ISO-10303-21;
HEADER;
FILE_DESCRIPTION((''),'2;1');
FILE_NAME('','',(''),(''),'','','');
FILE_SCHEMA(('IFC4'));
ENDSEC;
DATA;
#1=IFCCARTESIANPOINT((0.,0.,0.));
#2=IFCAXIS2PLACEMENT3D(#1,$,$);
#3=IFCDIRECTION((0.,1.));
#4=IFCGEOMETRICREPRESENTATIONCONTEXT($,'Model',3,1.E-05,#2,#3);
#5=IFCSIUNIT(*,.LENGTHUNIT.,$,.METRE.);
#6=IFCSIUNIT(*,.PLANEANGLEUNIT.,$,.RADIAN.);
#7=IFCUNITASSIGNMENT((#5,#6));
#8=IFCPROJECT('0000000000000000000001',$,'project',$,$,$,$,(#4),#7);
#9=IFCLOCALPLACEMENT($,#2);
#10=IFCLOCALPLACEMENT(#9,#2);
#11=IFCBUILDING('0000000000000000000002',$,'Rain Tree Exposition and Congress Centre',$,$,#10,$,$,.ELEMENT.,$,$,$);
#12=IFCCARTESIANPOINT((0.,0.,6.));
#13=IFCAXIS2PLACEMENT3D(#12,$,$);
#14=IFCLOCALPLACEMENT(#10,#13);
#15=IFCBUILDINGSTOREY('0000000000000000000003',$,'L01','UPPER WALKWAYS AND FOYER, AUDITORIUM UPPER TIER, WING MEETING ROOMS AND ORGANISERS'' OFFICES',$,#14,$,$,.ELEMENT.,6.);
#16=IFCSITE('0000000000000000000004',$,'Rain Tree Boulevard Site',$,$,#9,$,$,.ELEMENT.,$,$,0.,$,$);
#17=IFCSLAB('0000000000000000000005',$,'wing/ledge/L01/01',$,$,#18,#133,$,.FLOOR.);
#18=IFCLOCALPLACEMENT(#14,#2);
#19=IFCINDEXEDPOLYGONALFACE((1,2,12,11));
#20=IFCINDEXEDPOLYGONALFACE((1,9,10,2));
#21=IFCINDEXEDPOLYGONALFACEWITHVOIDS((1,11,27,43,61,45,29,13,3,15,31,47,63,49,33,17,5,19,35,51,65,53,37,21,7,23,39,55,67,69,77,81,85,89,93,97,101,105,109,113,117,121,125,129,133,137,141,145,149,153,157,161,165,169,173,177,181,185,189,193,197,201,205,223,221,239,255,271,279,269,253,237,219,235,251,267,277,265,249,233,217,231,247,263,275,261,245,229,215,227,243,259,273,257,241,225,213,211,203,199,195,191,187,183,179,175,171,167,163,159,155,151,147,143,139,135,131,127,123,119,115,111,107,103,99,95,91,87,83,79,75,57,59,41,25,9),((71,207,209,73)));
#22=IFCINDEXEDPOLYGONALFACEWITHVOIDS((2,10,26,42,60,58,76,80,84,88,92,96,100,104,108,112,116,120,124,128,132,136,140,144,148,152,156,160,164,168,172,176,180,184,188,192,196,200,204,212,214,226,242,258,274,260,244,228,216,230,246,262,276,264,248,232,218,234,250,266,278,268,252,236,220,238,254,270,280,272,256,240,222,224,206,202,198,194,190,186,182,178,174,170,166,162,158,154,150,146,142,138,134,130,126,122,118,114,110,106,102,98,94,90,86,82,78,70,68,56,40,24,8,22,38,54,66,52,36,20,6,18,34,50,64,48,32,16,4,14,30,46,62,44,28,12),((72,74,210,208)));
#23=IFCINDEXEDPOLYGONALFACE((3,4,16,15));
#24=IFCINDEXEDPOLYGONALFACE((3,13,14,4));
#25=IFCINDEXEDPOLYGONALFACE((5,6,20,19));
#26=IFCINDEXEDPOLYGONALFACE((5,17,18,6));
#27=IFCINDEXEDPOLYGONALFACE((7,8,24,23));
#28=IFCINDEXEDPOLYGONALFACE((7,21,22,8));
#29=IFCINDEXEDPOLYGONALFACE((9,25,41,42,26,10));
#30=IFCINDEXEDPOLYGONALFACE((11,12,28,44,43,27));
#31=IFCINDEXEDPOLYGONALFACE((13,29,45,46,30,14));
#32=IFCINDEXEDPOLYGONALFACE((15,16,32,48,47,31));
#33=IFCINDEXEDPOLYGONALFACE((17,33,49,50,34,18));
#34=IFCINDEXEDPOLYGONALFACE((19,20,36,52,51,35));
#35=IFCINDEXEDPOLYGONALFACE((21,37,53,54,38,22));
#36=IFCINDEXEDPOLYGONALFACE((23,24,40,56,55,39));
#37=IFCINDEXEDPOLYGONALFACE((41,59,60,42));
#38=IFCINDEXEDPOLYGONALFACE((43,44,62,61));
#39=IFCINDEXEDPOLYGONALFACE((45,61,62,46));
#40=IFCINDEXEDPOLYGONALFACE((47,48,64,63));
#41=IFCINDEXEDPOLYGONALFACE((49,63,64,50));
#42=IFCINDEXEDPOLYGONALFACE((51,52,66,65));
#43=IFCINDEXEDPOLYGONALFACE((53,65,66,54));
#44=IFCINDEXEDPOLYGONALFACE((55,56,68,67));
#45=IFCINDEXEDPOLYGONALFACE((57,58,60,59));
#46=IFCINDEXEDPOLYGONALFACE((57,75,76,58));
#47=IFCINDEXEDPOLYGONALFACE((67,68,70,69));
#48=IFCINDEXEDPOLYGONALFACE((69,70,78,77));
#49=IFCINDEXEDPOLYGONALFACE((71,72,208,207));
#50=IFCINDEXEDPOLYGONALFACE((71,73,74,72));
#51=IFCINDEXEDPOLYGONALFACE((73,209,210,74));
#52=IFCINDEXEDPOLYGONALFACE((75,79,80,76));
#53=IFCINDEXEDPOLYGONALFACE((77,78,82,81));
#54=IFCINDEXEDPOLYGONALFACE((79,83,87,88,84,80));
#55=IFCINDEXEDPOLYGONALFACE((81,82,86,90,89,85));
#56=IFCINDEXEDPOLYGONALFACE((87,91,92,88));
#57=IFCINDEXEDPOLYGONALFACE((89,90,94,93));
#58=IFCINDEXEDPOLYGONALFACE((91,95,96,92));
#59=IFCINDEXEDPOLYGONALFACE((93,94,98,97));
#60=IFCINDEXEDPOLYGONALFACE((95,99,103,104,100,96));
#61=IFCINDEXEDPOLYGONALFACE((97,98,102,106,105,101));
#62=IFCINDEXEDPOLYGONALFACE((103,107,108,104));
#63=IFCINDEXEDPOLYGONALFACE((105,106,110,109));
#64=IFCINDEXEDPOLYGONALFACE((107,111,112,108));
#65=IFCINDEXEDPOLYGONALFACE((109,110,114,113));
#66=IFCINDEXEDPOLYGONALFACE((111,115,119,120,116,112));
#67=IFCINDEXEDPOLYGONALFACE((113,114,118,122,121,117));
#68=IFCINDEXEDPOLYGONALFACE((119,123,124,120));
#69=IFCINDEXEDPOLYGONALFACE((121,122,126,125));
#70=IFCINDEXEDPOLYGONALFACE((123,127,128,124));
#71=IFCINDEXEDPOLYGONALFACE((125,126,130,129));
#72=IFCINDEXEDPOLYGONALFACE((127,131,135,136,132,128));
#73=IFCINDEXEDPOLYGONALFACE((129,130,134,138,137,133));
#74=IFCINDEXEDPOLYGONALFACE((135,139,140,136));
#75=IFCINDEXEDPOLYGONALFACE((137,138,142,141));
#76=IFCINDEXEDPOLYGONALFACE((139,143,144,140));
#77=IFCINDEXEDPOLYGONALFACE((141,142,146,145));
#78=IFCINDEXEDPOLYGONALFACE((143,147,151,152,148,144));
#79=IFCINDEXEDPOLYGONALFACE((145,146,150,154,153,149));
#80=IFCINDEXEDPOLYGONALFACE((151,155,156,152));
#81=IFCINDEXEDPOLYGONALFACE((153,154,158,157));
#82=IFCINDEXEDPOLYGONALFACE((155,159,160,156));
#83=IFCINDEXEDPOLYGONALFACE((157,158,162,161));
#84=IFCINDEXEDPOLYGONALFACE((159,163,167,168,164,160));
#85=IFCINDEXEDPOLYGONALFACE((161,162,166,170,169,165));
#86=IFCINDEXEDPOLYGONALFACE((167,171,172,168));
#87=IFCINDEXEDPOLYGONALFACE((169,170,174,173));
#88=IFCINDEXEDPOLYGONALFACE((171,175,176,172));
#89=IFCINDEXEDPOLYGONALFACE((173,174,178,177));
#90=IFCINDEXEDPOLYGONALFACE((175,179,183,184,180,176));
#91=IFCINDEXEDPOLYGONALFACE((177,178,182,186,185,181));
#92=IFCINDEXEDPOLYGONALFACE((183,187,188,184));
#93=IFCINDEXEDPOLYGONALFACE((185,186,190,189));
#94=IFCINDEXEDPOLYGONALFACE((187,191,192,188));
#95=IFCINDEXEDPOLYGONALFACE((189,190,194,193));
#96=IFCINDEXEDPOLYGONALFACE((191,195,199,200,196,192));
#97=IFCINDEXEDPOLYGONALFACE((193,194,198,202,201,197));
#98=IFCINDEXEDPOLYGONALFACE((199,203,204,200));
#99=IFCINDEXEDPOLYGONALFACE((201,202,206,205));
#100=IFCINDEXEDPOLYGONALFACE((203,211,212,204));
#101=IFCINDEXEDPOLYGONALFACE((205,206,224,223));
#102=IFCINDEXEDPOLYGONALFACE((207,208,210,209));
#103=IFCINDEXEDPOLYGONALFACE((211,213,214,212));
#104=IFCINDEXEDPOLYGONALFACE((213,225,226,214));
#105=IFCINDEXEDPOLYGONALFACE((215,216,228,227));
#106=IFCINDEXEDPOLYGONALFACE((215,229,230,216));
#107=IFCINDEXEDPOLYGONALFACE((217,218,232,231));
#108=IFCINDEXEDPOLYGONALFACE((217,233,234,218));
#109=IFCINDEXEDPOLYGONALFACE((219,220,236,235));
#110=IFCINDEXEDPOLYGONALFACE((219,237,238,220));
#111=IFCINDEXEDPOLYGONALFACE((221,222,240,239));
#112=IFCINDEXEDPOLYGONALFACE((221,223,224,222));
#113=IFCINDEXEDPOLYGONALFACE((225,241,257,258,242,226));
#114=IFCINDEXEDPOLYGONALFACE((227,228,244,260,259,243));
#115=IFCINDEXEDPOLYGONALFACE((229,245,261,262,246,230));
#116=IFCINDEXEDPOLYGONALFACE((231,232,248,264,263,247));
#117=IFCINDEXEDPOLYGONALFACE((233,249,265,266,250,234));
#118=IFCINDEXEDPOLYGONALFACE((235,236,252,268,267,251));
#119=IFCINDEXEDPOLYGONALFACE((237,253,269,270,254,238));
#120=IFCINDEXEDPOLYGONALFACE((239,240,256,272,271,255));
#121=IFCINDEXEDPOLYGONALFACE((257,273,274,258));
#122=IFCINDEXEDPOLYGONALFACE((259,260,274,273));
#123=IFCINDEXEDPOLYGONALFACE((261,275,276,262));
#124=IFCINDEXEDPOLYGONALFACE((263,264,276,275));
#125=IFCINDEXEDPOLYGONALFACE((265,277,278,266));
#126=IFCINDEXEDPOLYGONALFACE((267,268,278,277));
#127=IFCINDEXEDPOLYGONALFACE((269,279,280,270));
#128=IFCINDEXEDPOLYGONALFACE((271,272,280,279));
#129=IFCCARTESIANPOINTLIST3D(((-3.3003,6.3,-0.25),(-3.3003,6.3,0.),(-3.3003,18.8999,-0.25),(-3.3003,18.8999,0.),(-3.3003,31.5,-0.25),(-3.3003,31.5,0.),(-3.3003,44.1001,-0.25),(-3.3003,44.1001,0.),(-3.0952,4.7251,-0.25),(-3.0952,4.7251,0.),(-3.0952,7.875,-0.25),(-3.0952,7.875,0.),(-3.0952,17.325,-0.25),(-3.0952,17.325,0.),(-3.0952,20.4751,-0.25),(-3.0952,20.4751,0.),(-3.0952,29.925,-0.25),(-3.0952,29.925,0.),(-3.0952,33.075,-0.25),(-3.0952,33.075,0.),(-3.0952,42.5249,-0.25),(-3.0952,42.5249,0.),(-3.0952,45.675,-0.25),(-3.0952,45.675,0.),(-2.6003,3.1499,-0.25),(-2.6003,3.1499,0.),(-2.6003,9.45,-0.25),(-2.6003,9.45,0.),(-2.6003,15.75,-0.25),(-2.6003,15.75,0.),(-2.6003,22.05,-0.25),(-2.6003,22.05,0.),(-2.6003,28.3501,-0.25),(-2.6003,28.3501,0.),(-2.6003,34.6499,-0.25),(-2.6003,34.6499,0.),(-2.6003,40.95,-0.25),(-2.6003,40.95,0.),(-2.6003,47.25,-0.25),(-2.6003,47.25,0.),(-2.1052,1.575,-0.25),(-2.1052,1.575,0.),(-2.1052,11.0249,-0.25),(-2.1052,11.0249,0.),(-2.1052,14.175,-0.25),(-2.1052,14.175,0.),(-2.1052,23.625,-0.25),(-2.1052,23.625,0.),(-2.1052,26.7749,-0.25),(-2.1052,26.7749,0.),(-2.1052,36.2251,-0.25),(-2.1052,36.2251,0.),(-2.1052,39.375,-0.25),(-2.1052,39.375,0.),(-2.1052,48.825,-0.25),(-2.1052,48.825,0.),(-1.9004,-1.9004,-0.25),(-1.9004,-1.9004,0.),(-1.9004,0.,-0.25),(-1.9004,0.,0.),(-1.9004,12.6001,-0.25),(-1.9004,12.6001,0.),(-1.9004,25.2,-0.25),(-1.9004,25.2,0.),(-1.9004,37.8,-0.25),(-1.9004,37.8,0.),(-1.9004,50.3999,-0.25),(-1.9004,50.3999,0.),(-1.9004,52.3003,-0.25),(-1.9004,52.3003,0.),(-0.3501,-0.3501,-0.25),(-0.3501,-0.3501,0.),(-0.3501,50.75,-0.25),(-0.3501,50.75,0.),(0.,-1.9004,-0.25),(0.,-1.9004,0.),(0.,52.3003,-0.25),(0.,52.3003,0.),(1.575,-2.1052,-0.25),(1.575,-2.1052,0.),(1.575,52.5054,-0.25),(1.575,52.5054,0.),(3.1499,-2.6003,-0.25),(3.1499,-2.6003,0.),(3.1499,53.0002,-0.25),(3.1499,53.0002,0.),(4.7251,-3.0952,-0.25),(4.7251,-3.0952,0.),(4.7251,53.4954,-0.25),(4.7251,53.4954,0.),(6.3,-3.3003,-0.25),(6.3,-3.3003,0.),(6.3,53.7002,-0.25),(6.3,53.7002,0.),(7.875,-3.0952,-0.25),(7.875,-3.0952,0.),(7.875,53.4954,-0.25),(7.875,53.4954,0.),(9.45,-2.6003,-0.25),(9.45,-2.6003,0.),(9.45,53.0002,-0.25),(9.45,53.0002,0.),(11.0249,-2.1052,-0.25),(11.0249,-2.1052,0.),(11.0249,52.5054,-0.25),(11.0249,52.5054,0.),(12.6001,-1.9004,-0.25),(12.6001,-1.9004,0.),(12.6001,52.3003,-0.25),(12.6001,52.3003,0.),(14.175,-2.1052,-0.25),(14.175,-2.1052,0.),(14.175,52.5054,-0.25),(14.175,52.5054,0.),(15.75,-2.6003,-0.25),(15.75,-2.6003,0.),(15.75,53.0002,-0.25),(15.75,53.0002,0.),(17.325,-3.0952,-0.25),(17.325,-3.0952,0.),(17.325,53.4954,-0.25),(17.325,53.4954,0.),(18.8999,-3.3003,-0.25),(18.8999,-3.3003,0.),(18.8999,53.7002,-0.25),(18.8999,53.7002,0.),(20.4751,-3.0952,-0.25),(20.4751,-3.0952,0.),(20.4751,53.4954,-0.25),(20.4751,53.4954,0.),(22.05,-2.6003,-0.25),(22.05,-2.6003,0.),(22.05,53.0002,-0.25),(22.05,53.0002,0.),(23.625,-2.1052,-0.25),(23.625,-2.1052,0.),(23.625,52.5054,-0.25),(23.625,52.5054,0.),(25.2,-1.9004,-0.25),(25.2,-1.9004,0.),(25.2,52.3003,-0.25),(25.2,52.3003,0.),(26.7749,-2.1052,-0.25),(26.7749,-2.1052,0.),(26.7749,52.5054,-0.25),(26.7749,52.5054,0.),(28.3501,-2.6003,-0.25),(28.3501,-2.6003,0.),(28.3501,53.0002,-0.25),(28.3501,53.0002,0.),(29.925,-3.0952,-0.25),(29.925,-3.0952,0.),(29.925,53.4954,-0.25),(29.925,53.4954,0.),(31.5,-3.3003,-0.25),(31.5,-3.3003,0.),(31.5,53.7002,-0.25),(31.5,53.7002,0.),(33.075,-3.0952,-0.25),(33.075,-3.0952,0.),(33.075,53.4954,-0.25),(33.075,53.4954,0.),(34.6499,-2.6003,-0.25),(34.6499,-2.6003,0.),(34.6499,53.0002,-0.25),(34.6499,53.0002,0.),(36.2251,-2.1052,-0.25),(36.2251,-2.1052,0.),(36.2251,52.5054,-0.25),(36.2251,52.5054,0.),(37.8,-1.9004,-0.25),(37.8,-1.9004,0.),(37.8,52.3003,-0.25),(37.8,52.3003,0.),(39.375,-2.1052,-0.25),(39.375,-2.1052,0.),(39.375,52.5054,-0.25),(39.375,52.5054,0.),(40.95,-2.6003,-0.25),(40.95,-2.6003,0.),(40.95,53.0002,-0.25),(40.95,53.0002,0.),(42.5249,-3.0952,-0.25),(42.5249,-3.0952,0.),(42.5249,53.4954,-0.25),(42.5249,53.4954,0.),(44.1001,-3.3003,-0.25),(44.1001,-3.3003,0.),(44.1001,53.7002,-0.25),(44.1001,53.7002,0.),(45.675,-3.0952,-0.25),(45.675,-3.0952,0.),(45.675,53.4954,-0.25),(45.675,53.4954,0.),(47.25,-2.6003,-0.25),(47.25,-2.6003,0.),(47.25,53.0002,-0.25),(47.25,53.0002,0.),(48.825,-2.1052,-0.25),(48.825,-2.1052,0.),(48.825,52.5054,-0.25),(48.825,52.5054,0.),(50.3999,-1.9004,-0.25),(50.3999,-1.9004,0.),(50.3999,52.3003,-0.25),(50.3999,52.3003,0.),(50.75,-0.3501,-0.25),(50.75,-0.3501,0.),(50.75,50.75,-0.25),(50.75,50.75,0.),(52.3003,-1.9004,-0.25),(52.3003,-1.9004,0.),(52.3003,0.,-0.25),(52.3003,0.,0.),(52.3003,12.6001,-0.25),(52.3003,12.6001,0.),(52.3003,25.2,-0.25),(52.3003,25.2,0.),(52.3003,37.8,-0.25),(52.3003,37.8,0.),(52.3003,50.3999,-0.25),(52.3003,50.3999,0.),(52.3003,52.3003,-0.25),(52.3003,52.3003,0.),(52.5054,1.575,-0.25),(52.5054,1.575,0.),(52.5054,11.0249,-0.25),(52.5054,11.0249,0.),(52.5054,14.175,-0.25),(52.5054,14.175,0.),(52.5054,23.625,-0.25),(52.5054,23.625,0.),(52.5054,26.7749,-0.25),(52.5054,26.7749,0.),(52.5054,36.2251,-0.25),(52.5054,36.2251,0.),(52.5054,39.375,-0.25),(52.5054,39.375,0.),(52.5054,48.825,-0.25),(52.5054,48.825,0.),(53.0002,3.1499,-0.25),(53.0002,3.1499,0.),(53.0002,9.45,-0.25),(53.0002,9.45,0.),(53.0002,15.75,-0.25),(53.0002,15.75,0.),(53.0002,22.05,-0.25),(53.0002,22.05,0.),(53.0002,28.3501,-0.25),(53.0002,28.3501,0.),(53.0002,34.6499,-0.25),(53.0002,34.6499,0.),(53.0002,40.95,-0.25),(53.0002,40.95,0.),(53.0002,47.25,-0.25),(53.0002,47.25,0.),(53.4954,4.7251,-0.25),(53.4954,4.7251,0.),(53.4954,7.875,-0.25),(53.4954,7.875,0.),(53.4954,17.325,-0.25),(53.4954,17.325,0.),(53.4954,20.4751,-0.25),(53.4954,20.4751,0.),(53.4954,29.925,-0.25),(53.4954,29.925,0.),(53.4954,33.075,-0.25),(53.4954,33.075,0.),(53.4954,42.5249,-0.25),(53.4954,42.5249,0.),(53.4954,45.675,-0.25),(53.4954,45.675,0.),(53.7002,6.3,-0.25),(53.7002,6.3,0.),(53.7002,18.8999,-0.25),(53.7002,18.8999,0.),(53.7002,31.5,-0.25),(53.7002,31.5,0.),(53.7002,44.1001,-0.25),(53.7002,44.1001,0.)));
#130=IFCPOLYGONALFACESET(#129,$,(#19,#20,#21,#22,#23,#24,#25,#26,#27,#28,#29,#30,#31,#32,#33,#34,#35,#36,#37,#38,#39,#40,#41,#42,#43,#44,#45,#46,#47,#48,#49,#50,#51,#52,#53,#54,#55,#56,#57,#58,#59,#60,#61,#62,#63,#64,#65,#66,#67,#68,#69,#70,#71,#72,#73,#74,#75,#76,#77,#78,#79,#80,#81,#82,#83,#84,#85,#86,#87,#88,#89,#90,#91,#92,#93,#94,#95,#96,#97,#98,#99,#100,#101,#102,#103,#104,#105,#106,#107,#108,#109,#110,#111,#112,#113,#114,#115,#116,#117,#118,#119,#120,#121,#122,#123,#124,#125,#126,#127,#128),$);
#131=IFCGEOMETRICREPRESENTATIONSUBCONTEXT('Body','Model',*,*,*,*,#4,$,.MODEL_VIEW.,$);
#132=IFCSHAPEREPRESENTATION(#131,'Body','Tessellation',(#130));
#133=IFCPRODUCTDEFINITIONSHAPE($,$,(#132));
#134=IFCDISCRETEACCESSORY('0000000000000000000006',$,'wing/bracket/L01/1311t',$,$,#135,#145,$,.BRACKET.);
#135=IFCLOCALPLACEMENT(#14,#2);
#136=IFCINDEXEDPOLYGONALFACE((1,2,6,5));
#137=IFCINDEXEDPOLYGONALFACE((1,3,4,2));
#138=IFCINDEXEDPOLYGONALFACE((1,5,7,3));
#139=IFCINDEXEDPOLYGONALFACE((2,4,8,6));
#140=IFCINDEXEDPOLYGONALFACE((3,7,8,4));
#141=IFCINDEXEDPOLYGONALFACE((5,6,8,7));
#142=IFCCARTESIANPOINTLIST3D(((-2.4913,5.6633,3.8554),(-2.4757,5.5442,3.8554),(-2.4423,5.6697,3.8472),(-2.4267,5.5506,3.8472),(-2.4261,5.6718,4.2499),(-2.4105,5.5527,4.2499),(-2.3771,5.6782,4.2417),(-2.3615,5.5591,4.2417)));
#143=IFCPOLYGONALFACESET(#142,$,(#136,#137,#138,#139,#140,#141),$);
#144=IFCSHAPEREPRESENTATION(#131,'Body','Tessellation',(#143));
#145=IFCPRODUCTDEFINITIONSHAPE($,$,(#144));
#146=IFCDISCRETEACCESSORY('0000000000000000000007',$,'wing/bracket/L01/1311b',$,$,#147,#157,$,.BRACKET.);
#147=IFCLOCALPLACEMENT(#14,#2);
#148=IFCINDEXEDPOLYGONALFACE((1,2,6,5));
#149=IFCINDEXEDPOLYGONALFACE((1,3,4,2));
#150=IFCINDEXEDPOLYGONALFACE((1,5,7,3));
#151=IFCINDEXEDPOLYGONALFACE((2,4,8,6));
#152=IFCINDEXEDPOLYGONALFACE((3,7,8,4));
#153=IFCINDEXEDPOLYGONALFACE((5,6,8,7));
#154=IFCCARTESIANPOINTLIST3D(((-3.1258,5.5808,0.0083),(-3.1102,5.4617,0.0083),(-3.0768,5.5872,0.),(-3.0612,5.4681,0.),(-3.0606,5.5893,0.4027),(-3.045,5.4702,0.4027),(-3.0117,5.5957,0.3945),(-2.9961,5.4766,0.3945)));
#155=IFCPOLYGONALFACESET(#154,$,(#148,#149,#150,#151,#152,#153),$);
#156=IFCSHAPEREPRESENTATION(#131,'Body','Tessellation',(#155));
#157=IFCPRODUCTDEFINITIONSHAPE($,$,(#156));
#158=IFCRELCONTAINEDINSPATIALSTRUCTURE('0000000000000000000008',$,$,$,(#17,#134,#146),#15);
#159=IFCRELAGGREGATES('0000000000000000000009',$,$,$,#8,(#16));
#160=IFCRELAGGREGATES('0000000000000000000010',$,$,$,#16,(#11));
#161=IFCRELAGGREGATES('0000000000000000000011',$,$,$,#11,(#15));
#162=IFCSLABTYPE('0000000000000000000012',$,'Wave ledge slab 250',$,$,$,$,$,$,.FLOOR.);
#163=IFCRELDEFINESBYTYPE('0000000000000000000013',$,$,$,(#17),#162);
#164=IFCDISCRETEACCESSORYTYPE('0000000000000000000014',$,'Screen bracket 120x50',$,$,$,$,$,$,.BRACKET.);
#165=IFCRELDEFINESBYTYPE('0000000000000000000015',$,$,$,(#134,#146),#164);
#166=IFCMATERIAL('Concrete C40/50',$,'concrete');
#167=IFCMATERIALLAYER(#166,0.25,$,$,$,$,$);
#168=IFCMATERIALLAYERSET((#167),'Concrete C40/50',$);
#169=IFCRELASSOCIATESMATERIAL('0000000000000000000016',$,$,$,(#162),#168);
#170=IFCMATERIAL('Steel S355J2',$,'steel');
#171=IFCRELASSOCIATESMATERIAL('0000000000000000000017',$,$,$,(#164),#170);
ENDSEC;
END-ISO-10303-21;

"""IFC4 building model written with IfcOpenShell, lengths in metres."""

from ifc_helpers import new_model, si_unit, direction, frame, origin, origin_2d, place, context, subcontext, project, spatial, polyline, rectangle, outline, extrude, material, layer, layer_set, material_profile, profile_set, type_object, element, save


model = new_model("IFC4")

# Units and contexts
model_context = context("Model", 3, precision=1e-05, world=origin(), true_north=direction((0.0, 1.0)))
body_context = subcontext(model_context, "Body", "Model", "MODEL_VIEW")
ifc_project = project(units=[si_unit("LENGTHUNIT", "METRE"), si_unit("PLANEANGLEUNIT", "RADIAN")], contexts=[model_context])

# Site, building, storey
site_placement = place(None, origin())
site = spatial("IfcSite", under=ifc_project, at=site_placement, Name="Rain Tree Boulevard Site", CompositionType="ELEMENT", RefElevation=0.0)
building_placement = place(site_placement, origin())
building = spatial("IfcBuilding", under=site, at=building_placement, Name="Rain Tree Exposition and Congress Centre", CompositionType="ELEMENT")
storey_placement = place(building_placement, frame((0.0, 0.0, 6.0)))
storey = spatial("IfcBuildingStorey", under=building, at=storey_placement, Name="L01", Description="UPPER WALKWAYS AND FOYER, AUDITORIUM UPPER TIER, WING MEETING ROOMS AND ORGANISERS' OFFICES", CompositionType="ELEMENT", Elevation=6.0)

# Slab
ifc_material_1 = material(Name="Concrete C40/50", Category="concrete")
ifc_layer_1 = layer(ifc_material_1, 0.25)
ifc_layer_set_1 = layer_set([ifc_layer_1], Name="Concrete C40/50")
slab_type_1 = type_object("IfcSlabType", Name="Wave ledge slab 250", PredefinedType="FLOOR", material=ifc_layer_set_1)
slab_1_placement = place(storey_placement, frame((0.0, 0.0, -0.25)))
element("IfcSlab", 1, at=slab_1_placement, inside=storey, type_object=slab_type_1, Name="wing/ledge/L01/01", PredefinedType="FLOOR", context=body_context, shape_type="SweptSolid", body=[
    extrude(outline(polyline([(-1.9004, -1.9004), (0.0, -1.9004), (1.575, -2.1052), (3.1499, -2.6003), (4.7251, -3.0952), (6.3, -3.3003), (7.875, -3.0952), (9.45, -2.6003), (11.0249, -2.1052), (12.6001, -1.9004), (14.175, -2.1052), (15.75, -2.6003), (17.325, -3.0952), (18.8999, -3.3003), (20.4751, -3.0952), (22.05, -2.6003), (23.625, -2.1052), (25.2, -1.9004), (26.7749, -2.1052), (28.3501, -2.6003), (29.925, -3.0952), (31.5, -3.3003), (33.075, -3.0952), (34.6499, -2.6003), (36.2251, -2.1052), (37.8, -1.9004), (39.375, -2.1052), (40.95, -2.6003), (42.5249, -3.0952), (44.1001, -3.3003), (45.675, -3.0952), (47.25, -2.6003), (48.825, -2.1052), (50.3999, -1.9004), (52.3003, -1.9004), (52.3003, 0.0), (52.5054, 1.575), (53.0002, 3.1499), (53.4954, 4.7251), (53.7002, 6.3), (53.4954, 7.875), (53.0002, 9.45), (52.5054, 11.0249), (52.3003, 12.6001), (52.5054, 14.175), (53.0002, 15.75), (53.4954, 17.325), (53.7002, 18.8999), (53.4954, 20.4751), (53.0002, 22.05), (52.5054, 23.625), (52.3003, 25.2), (52.5054, 26.7749), (53.0002, 28.3501), (53.4954, 29.925), (53.7002, 31.5), (53.4954, 33.075), (53.0002, 34.6499), (52.5054, 36.2251), (52.3003, 37.8), (52.5054, 39.375), (53.0002, 40.95), (53.4954, 42.5249), (53.7002, 44.1001), (53.4954, 45.675), (53.0002, 47.25), (52.5054, 48.825), (52.3003, 50.3999), (52.3003, 52.3003), (50.3999, 52.3003), (48.825, 52.5054), (47.25, 53.0002), (45.675, 53.4954), (44.1001, 53.7002), (42.5249, 53.4954), (40.95, 53.0002), (39.375, 52.5054), (37.8, 52.3003), (36.2251, 52.5054), (34.6499, 53.0002), (33.075, 53.4954), (31.5, 53.7002), (29.925, 53.4954), (28.3501, 53.0002), (26.7749, 52.5054), (25.2, 52.3003), (23.625, 52.5054), (22.05, 53.0002), (20.4751, 53.4954), (18.8999, 53.7002), (17.325, 53.4954), (15.75, 53.0002), (14.175, 52.5054), (12.6001, 52.3003), (11.0249, 52.5054), (9.45, 53.0002), (7.875, 53.4954), (6.3, 53.7002), (4.7251, 53.4954), (3.1499, 53.0002), (1.575, 52.5054), (0.0, 52.3003), (-1.9004, 52.3003), (-1.9004, 50.3999), (-2.1052, 48.825), (-2.6003, 47.25), (-3.0952, 45.675), (-3.3003, 44.1001), (-3.0952, 42.5249), (-2.6003, 40.95), (-2.1052, 39.375), (-1.9004, 37.8), (-2.1052, 36.2251), (-2.6003, 34.6499), (-3.0952, 33.075), (-3.3003, 31.5), (-3.0952, 29.925), (-2.6003, 28.3501), (-2.1052, 26.7749), (-1.9004, 25.2), (-2.1052, 23.625), (-2.6003, 22.05), (-3.0952, 20.4751), (-3.3003, 18.8999), (-3.0952, 17.325), (-2.6003, 15.75), (-2.1052, 14.175), (-1.9004, 12.6001), (-2.1052, 11.0249), (-2.6003, 9.45), (-3.0952, 7.875), (-3.3003, 6.3), (-3.0952, 4.7251), (-2.6003, 3.1499), (-2.1052, 1.575), (-1.9004, 0.0), (-1.9004, -1.9004)]), holes=[polyline([(50.75, 50.75), (50.75, -0.3501), (-0.3501, -0.3501), (-0.3501, 50.75), (50.75, 50.75)])]), origin(), (0.0, 0.0, 1.0), 0.25),
])

# Discrete accessories
ifc_material_2 = material(Name="Steel S355J2", Category="steel")
ifc_material_profile = material_profile(ifc_material_2, rectangle(XDim=0.1201, YDim=0.05, at=origin_2d()), Name="Flat bar 120x50")
ifc_profile_set = profile_set([ifc_material_profile], Name="Steel S355J2")
discrete_accessory_type = type_object("IfcDiscreteAccessoryType", Name="Screen bracket 120x50", PredefinedType="BRACKET", material=ifc_profile_set)
for number, where, z_axis, x_axis, name in (
    (2, (-2.459, 5.6069, 3.8513), (0.162976, 0.021364, 0.986399), (-0.129974, 0.991517, 0.0), "wing/bracket/L01/1311t"),
    (3, (-3.0935, 5.5244, 0.0042), (0.162976, 0.021364, 0.986399), (-0.129974, 0.991517, 0.0), "wing/bracket/L01/1311b"),
):
    element("IfcDiscreteAccessory", number, at=place(storey_placement, frame(where, z_axis=z_axis, x_axis=x_axis)), inside=storey, type_object=discrete_accessory_type, Name=name, PredefinedType="BRACKET", context=body_context, shape_type="SweptSolid", body=[
        extrude(rectangle(XDim=0.1201, YDim=0.05, at=origin_2d()), origin(), (0.0, 0.0, 1.0), 0.3999),
    ])

save(model, "model.ifc")
